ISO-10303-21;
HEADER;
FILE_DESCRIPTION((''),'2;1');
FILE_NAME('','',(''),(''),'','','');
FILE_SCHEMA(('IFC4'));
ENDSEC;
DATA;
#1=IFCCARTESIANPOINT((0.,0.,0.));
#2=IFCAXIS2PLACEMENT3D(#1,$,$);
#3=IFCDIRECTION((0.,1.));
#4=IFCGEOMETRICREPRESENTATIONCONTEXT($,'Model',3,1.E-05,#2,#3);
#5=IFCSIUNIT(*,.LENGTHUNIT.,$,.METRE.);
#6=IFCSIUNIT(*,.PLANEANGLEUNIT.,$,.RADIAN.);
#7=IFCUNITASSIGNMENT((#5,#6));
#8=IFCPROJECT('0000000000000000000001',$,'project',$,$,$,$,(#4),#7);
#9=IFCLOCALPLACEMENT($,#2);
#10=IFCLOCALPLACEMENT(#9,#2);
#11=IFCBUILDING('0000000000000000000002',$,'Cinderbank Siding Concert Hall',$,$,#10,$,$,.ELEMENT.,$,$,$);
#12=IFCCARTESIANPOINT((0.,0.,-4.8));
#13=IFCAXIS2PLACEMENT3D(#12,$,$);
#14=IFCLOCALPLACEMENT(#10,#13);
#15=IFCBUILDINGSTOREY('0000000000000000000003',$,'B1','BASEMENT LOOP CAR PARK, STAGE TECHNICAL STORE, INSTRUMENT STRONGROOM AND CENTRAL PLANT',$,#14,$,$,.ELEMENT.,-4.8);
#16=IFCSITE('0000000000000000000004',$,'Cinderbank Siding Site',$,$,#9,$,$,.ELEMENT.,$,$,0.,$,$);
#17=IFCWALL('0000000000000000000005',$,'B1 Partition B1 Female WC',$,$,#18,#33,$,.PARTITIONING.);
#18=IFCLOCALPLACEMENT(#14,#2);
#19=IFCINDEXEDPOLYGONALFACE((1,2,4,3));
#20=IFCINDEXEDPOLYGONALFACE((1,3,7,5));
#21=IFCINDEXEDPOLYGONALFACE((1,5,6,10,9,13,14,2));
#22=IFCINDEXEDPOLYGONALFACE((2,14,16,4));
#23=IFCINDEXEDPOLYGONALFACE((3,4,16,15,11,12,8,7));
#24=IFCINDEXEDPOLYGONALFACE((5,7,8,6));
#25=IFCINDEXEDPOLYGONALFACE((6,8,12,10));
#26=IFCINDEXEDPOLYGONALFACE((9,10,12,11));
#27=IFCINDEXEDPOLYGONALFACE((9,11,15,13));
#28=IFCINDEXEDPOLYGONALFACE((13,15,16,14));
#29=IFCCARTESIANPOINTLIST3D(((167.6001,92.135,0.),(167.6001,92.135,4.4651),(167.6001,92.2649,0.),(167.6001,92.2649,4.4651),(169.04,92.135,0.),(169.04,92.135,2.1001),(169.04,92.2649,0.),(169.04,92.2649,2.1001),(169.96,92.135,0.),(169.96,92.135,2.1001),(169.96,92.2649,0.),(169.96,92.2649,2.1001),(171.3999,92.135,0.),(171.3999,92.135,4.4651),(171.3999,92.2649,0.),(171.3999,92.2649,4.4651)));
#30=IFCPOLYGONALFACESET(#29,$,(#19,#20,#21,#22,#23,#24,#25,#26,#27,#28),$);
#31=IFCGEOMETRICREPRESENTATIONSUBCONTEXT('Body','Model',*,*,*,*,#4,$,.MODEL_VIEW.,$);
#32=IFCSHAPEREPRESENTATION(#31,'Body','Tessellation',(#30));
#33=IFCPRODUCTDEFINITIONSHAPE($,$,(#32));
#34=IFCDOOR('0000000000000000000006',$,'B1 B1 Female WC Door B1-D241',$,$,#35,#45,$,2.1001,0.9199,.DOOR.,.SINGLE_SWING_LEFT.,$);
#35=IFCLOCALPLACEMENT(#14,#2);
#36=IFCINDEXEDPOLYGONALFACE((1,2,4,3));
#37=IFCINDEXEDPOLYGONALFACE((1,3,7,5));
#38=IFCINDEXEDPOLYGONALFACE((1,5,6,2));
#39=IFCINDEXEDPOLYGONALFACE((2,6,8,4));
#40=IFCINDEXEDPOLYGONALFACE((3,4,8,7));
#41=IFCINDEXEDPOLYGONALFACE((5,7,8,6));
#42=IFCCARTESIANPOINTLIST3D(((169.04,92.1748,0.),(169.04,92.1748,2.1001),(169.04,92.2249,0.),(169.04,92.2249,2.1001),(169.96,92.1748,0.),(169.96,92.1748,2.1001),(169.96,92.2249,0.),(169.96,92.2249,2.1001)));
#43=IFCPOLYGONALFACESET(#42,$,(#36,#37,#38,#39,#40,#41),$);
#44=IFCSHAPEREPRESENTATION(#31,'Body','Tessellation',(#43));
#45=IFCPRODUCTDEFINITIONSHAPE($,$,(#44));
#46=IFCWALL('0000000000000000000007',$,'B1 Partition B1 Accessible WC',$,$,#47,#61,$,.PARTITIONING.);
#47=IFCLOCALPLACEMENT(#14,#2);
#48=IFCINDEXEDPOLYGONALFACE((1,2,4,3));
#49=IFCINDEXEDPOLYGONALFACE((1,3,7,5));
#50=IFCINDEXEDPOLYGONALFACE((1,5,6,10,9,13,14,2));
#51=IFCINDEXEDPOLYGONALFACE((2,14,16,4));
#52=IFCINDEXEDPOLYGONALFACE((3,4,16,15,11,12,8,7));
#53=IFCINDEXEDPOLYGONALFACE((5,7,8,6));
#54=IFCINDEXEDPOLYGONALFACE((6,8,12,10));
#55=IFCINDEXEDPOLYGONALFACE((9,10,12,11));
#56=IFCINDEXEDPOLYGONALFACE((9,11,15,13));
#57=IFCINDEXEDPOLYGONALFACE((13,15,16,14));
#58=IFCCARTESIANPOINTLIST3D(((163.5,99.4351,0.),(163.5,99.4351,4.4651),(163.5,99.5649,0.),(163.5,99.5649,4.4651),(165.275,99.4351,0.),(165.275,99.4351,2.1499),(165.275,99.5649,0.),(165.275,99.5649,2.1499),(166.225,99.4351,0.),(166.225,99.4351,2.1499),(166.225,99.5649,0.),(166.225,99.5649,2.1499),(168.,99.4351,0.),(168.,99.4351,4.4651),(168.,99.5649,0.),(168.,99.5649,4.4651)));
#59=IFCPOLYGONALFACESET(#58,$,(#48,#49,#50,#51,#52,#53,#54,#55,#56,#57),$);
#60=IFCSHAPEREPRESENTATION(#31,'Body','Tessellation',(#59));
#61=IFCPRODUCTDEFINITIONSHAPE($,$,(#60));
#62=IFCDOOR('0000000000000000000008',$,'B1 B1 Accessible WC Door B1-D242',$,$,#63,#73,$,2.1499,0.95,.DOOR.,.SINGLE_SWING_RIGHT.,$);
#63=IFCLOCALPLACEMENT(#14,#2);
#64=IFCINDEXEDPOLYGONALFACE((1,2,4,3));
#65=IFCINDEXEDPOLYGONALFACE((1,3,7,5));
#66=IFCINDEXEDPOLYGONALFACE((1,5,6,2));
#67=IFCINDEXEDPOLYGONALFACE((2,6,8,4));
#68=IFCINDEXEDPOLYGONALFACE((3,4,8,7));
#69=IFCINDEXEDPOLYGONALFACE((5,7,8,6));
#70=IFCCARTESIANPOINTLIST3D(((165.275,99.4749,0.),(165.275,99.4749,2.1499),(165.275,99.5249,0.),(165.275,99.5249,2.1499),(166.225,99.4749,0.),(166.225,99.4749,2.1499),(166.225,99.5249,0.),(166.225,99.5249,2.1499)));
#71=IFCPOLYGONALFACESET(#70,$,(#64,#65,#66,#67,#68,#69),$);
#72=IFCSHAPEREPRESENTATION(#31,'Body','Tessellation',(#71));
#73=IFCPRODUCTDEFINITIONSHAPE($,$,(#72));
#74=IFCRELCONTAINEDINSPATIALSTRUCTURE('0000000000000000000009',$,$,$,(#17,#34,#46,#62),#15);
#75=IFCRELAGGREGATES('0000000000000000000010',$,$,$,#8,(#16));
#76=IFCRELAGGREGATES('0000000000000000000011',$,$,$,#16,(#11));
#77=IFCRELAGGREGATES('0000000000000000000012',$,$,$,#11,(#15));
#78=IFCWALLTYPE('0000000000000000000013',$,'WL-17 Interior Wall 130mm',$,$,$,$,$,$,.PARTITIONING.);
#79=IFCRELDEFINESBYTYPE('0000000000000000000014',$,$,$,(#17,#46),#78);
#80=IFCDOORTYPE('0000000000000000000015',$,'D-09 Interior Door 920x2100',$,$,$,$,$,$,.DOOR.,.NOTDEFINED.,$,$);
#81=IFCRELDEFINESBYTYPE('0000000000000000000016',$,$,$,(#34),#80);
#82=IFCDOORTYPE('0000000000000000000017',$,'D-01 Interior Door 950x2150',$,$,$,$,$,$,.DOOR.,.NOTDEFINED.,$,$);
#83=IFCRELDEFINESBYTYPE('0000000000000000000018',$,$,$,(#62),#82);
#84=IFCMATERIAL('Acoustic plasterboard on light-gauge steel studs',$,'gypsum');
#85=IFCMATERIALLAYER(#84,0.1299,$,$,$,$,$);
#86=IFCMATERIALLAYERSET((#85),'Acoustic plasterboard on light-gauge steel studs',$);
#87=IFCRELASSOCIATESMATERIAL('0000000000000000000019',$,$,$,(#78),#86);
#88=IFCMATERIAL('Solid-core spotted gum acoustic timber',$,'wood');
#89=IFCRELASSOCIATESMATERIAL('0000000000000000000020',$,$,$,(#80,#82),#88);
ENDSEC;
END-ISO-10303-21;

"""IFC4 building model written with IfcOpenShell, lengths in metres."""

from ifc_helpers import new_model, si_unit, direction, frame, frame_2d, origin, place, context, subcontext, project, spatial, rectangle, extrude, material, layer, layer_set, type_object, element, fill, save


model = new_model("IFC4")

# Units and contexts
model_context = context("Model", 3, precision=1e-05, world=origin(), true_north=direction((0.0, 1.0)))
body_context = subcontext(model_context, "Body", "Model", "MODEL_VIEW")
ifc_project = project(units=[si_unit("LENGTHUNIT", "METRE"), si_unit("PLANEANGLEUNIT", "RADIAN")], contexts=[model_context])

# Site, building, storey
site_placement = place(None, origin())
site = spatial("IfcSite", under=ifc_project, at=site_placement, Name="Cinderbank Siding Site", CompositionType="ELEMENT", RefElevation=0.0)
building_placement = place(site_placement, origin())
building = spatial("IfcBuilding", under=site, at=building_placement, Name="Cinderbank Siding Concert Hall", CompositionType="ELEMENT")
storey_placement = place(building_placement, frame((0.0, 0.0, -4.8)))
storey = spatial("IfcBuildingStorey", under=building, at=storey_placement, Name="B1", Description="BASEMENT LOOP CAR PARK, STAGE TECHNICAL STORE, INSTRUMENT STRONGROOM AND CENTRAL PLANT", CompositionType="ELEMENT", Elevation=-4.8)

# Walls, openings, doors
ifc_material_1 = material(Name="Acoustic plasterboard on light-gauge steel studs", Category="gypsum")
ifc_layer_1 = layer(ifc_material_1, 0.1299)
ifc_layer_set_1 = layer_set([ifc_layer_1], Name="Acoustic plasterboard on light-gauge steel studs")
wall_type = type_object("IfcWallType", Name="WL-17 Interior Wall 130mm", PredefinedType="PARTITIONING", material=ifc_layer_set_1)
ifc_material_2 = material(Name="Solid-core spotted gum acoustic timber", Category="wood")
door_type_1 = type_object("IfcDoorType", Name="D-09 Interior Door 920x2100", OperationType="NOTDEFINED", PredefinedType="DOOR", material=ifc_material_2)
wall_1_placement = place(storey_placement, frame((167.6001, 92.2, 0.0), z_axis=(0.0, 0.0, 1.0), x_axis=(1.0, 0.0, 0.0)))
wall_1 = element("IfcWall", 1, at=wall_1_placement, inside=storey, type_object=wall_type, Name="B1 Partition B1 Female WC", PredefinedType="PARTITIONING", context=body_context, shape_type="SweptSolid", body=[
    extrude(rectangle(XDim=3.7998, YDim=0.1299, at=frame_2d((1.8999, 0.0))), origin(), (0.0, 0.0, 1.0), 4.4651),
])
opening_1_placement = place(wall_1_placement, frame((1.4399, 0.0, 0.0)))
opening_1 = element("IfcOpeningElement", 2, at=opening_1_placement, cuts=wall_1, PredefinedType="OPENING", context=body_context, shape_type="SweptSolid", body=[
    extrude(rectangle(XDim=0.9199, YDim=2.1001, at=frame_2d((0.46, 1.05))), frame((0.0, 0.0769, 0.0), z_axis=(0.0, -1.0, 0.0), x_axis=(1.0, 0.0, 0.0)), (0.0, 0.0, 1.0), 0.1538),
])
door_1_placement = place(opening_1_placement, origin())
door_1 = element("IfcDoor", 3, at=door_1_placement, inside=storey, type_object=door_type_1, Name="B1 B1 Female WC Door B1-D241", OperationType="SINGLE_SWING_LEFT", OverallHeight=2.1001, OverallWidth=0.9199, PredefinedType="DOOR", context=body_context, shape_type="SweptSolid", body=[
    extrude(rectangle(XDim=0.9199, YDim=2.1001, at=frame_2d((0.46, 1.05))), frame((0.0, 0.0249, 0.0), z_axis=(0.0, -1.0, 0.0), x_axis=(1.0, 0.0, 0.0)), (0.0, 0.0, 1.0), 0.05),
])
fill(opening_1, door_1)
wall_2_placement = place(storey_placement, frame((163.5, 99.5, 0.0), z_axis=(0.0, 0.0, 1.0), x_axis=(1.0, 0.0, 0.0)))
wall_2 = element("IfcWall", 4, at=wall_2_placement, inside=storey, type_object=wall_type, Name="B1 Partition B1 Accessible WC", PredefinedType="PARTITIONING", context=body_context, shape_type="SweptSolid", body=[
    extrude(rectangle(XDim=4.5, YDim=0.1299, at=frame_2d((2.25, 0.0))), origin(), (0.0, 0.0, 1.0), 4.4651),
])
opening_2_placement = place(wall_2_placement, frame((1.7749, 0.0, 0.0)))
opening_2 = element("IfcOpeningElement", 5, at=opening_2_placement, cuts=wall_2, PredefinedType="OPENING", context=body_context, shape_type="SweptSolid", body=[
    extrude(rectangle(XDim=0.95, YDim=2.1499, at=frame_2d((0.4751, 1.075))), frame((0.0, 0.0769, 0.0), z_axis=(0.0, -1.0, 0.0), x_axis=(1.0, 0.0, 0.0)), (0.0, 0.0, 1.0), 0.1538),
])
door_type_2 = type_object("IfcDoorType", Name="D-01 Interior Door 950x2150", OperationType="NOTDEFINED", PredefinedType="DOOR", material=ifc_material_2)
door_2_placement = place(opening_2_placement, origin())
door_2 = element("IfcDoor", 6, at=door_2_placement, inside=storey, type_object=door_type_2, Name="B1 B1 Accessible WC Door B1-D242", OperationType="SINGLE_SWING_RIGHT", OverallHeight=2.1499, OverallWidth=0.95, PredefinedType="DOOR", context=body_context, shape_type="SweptSolid", body=[
    extrude(rectangle(XDim=0.95, YDim=2.1499, at=frame_2d((0.4751, 1.075))), frame((0.0, 0.0249, 0.0), z_axis=(0.0, -1.0, 0.0), x_axis=(1.0, 0.0, 0.0)), (0.0, 0.0, 1.0), 0.05),
])
fill(opening_2, door_2)

save(model, "model.ifc")
